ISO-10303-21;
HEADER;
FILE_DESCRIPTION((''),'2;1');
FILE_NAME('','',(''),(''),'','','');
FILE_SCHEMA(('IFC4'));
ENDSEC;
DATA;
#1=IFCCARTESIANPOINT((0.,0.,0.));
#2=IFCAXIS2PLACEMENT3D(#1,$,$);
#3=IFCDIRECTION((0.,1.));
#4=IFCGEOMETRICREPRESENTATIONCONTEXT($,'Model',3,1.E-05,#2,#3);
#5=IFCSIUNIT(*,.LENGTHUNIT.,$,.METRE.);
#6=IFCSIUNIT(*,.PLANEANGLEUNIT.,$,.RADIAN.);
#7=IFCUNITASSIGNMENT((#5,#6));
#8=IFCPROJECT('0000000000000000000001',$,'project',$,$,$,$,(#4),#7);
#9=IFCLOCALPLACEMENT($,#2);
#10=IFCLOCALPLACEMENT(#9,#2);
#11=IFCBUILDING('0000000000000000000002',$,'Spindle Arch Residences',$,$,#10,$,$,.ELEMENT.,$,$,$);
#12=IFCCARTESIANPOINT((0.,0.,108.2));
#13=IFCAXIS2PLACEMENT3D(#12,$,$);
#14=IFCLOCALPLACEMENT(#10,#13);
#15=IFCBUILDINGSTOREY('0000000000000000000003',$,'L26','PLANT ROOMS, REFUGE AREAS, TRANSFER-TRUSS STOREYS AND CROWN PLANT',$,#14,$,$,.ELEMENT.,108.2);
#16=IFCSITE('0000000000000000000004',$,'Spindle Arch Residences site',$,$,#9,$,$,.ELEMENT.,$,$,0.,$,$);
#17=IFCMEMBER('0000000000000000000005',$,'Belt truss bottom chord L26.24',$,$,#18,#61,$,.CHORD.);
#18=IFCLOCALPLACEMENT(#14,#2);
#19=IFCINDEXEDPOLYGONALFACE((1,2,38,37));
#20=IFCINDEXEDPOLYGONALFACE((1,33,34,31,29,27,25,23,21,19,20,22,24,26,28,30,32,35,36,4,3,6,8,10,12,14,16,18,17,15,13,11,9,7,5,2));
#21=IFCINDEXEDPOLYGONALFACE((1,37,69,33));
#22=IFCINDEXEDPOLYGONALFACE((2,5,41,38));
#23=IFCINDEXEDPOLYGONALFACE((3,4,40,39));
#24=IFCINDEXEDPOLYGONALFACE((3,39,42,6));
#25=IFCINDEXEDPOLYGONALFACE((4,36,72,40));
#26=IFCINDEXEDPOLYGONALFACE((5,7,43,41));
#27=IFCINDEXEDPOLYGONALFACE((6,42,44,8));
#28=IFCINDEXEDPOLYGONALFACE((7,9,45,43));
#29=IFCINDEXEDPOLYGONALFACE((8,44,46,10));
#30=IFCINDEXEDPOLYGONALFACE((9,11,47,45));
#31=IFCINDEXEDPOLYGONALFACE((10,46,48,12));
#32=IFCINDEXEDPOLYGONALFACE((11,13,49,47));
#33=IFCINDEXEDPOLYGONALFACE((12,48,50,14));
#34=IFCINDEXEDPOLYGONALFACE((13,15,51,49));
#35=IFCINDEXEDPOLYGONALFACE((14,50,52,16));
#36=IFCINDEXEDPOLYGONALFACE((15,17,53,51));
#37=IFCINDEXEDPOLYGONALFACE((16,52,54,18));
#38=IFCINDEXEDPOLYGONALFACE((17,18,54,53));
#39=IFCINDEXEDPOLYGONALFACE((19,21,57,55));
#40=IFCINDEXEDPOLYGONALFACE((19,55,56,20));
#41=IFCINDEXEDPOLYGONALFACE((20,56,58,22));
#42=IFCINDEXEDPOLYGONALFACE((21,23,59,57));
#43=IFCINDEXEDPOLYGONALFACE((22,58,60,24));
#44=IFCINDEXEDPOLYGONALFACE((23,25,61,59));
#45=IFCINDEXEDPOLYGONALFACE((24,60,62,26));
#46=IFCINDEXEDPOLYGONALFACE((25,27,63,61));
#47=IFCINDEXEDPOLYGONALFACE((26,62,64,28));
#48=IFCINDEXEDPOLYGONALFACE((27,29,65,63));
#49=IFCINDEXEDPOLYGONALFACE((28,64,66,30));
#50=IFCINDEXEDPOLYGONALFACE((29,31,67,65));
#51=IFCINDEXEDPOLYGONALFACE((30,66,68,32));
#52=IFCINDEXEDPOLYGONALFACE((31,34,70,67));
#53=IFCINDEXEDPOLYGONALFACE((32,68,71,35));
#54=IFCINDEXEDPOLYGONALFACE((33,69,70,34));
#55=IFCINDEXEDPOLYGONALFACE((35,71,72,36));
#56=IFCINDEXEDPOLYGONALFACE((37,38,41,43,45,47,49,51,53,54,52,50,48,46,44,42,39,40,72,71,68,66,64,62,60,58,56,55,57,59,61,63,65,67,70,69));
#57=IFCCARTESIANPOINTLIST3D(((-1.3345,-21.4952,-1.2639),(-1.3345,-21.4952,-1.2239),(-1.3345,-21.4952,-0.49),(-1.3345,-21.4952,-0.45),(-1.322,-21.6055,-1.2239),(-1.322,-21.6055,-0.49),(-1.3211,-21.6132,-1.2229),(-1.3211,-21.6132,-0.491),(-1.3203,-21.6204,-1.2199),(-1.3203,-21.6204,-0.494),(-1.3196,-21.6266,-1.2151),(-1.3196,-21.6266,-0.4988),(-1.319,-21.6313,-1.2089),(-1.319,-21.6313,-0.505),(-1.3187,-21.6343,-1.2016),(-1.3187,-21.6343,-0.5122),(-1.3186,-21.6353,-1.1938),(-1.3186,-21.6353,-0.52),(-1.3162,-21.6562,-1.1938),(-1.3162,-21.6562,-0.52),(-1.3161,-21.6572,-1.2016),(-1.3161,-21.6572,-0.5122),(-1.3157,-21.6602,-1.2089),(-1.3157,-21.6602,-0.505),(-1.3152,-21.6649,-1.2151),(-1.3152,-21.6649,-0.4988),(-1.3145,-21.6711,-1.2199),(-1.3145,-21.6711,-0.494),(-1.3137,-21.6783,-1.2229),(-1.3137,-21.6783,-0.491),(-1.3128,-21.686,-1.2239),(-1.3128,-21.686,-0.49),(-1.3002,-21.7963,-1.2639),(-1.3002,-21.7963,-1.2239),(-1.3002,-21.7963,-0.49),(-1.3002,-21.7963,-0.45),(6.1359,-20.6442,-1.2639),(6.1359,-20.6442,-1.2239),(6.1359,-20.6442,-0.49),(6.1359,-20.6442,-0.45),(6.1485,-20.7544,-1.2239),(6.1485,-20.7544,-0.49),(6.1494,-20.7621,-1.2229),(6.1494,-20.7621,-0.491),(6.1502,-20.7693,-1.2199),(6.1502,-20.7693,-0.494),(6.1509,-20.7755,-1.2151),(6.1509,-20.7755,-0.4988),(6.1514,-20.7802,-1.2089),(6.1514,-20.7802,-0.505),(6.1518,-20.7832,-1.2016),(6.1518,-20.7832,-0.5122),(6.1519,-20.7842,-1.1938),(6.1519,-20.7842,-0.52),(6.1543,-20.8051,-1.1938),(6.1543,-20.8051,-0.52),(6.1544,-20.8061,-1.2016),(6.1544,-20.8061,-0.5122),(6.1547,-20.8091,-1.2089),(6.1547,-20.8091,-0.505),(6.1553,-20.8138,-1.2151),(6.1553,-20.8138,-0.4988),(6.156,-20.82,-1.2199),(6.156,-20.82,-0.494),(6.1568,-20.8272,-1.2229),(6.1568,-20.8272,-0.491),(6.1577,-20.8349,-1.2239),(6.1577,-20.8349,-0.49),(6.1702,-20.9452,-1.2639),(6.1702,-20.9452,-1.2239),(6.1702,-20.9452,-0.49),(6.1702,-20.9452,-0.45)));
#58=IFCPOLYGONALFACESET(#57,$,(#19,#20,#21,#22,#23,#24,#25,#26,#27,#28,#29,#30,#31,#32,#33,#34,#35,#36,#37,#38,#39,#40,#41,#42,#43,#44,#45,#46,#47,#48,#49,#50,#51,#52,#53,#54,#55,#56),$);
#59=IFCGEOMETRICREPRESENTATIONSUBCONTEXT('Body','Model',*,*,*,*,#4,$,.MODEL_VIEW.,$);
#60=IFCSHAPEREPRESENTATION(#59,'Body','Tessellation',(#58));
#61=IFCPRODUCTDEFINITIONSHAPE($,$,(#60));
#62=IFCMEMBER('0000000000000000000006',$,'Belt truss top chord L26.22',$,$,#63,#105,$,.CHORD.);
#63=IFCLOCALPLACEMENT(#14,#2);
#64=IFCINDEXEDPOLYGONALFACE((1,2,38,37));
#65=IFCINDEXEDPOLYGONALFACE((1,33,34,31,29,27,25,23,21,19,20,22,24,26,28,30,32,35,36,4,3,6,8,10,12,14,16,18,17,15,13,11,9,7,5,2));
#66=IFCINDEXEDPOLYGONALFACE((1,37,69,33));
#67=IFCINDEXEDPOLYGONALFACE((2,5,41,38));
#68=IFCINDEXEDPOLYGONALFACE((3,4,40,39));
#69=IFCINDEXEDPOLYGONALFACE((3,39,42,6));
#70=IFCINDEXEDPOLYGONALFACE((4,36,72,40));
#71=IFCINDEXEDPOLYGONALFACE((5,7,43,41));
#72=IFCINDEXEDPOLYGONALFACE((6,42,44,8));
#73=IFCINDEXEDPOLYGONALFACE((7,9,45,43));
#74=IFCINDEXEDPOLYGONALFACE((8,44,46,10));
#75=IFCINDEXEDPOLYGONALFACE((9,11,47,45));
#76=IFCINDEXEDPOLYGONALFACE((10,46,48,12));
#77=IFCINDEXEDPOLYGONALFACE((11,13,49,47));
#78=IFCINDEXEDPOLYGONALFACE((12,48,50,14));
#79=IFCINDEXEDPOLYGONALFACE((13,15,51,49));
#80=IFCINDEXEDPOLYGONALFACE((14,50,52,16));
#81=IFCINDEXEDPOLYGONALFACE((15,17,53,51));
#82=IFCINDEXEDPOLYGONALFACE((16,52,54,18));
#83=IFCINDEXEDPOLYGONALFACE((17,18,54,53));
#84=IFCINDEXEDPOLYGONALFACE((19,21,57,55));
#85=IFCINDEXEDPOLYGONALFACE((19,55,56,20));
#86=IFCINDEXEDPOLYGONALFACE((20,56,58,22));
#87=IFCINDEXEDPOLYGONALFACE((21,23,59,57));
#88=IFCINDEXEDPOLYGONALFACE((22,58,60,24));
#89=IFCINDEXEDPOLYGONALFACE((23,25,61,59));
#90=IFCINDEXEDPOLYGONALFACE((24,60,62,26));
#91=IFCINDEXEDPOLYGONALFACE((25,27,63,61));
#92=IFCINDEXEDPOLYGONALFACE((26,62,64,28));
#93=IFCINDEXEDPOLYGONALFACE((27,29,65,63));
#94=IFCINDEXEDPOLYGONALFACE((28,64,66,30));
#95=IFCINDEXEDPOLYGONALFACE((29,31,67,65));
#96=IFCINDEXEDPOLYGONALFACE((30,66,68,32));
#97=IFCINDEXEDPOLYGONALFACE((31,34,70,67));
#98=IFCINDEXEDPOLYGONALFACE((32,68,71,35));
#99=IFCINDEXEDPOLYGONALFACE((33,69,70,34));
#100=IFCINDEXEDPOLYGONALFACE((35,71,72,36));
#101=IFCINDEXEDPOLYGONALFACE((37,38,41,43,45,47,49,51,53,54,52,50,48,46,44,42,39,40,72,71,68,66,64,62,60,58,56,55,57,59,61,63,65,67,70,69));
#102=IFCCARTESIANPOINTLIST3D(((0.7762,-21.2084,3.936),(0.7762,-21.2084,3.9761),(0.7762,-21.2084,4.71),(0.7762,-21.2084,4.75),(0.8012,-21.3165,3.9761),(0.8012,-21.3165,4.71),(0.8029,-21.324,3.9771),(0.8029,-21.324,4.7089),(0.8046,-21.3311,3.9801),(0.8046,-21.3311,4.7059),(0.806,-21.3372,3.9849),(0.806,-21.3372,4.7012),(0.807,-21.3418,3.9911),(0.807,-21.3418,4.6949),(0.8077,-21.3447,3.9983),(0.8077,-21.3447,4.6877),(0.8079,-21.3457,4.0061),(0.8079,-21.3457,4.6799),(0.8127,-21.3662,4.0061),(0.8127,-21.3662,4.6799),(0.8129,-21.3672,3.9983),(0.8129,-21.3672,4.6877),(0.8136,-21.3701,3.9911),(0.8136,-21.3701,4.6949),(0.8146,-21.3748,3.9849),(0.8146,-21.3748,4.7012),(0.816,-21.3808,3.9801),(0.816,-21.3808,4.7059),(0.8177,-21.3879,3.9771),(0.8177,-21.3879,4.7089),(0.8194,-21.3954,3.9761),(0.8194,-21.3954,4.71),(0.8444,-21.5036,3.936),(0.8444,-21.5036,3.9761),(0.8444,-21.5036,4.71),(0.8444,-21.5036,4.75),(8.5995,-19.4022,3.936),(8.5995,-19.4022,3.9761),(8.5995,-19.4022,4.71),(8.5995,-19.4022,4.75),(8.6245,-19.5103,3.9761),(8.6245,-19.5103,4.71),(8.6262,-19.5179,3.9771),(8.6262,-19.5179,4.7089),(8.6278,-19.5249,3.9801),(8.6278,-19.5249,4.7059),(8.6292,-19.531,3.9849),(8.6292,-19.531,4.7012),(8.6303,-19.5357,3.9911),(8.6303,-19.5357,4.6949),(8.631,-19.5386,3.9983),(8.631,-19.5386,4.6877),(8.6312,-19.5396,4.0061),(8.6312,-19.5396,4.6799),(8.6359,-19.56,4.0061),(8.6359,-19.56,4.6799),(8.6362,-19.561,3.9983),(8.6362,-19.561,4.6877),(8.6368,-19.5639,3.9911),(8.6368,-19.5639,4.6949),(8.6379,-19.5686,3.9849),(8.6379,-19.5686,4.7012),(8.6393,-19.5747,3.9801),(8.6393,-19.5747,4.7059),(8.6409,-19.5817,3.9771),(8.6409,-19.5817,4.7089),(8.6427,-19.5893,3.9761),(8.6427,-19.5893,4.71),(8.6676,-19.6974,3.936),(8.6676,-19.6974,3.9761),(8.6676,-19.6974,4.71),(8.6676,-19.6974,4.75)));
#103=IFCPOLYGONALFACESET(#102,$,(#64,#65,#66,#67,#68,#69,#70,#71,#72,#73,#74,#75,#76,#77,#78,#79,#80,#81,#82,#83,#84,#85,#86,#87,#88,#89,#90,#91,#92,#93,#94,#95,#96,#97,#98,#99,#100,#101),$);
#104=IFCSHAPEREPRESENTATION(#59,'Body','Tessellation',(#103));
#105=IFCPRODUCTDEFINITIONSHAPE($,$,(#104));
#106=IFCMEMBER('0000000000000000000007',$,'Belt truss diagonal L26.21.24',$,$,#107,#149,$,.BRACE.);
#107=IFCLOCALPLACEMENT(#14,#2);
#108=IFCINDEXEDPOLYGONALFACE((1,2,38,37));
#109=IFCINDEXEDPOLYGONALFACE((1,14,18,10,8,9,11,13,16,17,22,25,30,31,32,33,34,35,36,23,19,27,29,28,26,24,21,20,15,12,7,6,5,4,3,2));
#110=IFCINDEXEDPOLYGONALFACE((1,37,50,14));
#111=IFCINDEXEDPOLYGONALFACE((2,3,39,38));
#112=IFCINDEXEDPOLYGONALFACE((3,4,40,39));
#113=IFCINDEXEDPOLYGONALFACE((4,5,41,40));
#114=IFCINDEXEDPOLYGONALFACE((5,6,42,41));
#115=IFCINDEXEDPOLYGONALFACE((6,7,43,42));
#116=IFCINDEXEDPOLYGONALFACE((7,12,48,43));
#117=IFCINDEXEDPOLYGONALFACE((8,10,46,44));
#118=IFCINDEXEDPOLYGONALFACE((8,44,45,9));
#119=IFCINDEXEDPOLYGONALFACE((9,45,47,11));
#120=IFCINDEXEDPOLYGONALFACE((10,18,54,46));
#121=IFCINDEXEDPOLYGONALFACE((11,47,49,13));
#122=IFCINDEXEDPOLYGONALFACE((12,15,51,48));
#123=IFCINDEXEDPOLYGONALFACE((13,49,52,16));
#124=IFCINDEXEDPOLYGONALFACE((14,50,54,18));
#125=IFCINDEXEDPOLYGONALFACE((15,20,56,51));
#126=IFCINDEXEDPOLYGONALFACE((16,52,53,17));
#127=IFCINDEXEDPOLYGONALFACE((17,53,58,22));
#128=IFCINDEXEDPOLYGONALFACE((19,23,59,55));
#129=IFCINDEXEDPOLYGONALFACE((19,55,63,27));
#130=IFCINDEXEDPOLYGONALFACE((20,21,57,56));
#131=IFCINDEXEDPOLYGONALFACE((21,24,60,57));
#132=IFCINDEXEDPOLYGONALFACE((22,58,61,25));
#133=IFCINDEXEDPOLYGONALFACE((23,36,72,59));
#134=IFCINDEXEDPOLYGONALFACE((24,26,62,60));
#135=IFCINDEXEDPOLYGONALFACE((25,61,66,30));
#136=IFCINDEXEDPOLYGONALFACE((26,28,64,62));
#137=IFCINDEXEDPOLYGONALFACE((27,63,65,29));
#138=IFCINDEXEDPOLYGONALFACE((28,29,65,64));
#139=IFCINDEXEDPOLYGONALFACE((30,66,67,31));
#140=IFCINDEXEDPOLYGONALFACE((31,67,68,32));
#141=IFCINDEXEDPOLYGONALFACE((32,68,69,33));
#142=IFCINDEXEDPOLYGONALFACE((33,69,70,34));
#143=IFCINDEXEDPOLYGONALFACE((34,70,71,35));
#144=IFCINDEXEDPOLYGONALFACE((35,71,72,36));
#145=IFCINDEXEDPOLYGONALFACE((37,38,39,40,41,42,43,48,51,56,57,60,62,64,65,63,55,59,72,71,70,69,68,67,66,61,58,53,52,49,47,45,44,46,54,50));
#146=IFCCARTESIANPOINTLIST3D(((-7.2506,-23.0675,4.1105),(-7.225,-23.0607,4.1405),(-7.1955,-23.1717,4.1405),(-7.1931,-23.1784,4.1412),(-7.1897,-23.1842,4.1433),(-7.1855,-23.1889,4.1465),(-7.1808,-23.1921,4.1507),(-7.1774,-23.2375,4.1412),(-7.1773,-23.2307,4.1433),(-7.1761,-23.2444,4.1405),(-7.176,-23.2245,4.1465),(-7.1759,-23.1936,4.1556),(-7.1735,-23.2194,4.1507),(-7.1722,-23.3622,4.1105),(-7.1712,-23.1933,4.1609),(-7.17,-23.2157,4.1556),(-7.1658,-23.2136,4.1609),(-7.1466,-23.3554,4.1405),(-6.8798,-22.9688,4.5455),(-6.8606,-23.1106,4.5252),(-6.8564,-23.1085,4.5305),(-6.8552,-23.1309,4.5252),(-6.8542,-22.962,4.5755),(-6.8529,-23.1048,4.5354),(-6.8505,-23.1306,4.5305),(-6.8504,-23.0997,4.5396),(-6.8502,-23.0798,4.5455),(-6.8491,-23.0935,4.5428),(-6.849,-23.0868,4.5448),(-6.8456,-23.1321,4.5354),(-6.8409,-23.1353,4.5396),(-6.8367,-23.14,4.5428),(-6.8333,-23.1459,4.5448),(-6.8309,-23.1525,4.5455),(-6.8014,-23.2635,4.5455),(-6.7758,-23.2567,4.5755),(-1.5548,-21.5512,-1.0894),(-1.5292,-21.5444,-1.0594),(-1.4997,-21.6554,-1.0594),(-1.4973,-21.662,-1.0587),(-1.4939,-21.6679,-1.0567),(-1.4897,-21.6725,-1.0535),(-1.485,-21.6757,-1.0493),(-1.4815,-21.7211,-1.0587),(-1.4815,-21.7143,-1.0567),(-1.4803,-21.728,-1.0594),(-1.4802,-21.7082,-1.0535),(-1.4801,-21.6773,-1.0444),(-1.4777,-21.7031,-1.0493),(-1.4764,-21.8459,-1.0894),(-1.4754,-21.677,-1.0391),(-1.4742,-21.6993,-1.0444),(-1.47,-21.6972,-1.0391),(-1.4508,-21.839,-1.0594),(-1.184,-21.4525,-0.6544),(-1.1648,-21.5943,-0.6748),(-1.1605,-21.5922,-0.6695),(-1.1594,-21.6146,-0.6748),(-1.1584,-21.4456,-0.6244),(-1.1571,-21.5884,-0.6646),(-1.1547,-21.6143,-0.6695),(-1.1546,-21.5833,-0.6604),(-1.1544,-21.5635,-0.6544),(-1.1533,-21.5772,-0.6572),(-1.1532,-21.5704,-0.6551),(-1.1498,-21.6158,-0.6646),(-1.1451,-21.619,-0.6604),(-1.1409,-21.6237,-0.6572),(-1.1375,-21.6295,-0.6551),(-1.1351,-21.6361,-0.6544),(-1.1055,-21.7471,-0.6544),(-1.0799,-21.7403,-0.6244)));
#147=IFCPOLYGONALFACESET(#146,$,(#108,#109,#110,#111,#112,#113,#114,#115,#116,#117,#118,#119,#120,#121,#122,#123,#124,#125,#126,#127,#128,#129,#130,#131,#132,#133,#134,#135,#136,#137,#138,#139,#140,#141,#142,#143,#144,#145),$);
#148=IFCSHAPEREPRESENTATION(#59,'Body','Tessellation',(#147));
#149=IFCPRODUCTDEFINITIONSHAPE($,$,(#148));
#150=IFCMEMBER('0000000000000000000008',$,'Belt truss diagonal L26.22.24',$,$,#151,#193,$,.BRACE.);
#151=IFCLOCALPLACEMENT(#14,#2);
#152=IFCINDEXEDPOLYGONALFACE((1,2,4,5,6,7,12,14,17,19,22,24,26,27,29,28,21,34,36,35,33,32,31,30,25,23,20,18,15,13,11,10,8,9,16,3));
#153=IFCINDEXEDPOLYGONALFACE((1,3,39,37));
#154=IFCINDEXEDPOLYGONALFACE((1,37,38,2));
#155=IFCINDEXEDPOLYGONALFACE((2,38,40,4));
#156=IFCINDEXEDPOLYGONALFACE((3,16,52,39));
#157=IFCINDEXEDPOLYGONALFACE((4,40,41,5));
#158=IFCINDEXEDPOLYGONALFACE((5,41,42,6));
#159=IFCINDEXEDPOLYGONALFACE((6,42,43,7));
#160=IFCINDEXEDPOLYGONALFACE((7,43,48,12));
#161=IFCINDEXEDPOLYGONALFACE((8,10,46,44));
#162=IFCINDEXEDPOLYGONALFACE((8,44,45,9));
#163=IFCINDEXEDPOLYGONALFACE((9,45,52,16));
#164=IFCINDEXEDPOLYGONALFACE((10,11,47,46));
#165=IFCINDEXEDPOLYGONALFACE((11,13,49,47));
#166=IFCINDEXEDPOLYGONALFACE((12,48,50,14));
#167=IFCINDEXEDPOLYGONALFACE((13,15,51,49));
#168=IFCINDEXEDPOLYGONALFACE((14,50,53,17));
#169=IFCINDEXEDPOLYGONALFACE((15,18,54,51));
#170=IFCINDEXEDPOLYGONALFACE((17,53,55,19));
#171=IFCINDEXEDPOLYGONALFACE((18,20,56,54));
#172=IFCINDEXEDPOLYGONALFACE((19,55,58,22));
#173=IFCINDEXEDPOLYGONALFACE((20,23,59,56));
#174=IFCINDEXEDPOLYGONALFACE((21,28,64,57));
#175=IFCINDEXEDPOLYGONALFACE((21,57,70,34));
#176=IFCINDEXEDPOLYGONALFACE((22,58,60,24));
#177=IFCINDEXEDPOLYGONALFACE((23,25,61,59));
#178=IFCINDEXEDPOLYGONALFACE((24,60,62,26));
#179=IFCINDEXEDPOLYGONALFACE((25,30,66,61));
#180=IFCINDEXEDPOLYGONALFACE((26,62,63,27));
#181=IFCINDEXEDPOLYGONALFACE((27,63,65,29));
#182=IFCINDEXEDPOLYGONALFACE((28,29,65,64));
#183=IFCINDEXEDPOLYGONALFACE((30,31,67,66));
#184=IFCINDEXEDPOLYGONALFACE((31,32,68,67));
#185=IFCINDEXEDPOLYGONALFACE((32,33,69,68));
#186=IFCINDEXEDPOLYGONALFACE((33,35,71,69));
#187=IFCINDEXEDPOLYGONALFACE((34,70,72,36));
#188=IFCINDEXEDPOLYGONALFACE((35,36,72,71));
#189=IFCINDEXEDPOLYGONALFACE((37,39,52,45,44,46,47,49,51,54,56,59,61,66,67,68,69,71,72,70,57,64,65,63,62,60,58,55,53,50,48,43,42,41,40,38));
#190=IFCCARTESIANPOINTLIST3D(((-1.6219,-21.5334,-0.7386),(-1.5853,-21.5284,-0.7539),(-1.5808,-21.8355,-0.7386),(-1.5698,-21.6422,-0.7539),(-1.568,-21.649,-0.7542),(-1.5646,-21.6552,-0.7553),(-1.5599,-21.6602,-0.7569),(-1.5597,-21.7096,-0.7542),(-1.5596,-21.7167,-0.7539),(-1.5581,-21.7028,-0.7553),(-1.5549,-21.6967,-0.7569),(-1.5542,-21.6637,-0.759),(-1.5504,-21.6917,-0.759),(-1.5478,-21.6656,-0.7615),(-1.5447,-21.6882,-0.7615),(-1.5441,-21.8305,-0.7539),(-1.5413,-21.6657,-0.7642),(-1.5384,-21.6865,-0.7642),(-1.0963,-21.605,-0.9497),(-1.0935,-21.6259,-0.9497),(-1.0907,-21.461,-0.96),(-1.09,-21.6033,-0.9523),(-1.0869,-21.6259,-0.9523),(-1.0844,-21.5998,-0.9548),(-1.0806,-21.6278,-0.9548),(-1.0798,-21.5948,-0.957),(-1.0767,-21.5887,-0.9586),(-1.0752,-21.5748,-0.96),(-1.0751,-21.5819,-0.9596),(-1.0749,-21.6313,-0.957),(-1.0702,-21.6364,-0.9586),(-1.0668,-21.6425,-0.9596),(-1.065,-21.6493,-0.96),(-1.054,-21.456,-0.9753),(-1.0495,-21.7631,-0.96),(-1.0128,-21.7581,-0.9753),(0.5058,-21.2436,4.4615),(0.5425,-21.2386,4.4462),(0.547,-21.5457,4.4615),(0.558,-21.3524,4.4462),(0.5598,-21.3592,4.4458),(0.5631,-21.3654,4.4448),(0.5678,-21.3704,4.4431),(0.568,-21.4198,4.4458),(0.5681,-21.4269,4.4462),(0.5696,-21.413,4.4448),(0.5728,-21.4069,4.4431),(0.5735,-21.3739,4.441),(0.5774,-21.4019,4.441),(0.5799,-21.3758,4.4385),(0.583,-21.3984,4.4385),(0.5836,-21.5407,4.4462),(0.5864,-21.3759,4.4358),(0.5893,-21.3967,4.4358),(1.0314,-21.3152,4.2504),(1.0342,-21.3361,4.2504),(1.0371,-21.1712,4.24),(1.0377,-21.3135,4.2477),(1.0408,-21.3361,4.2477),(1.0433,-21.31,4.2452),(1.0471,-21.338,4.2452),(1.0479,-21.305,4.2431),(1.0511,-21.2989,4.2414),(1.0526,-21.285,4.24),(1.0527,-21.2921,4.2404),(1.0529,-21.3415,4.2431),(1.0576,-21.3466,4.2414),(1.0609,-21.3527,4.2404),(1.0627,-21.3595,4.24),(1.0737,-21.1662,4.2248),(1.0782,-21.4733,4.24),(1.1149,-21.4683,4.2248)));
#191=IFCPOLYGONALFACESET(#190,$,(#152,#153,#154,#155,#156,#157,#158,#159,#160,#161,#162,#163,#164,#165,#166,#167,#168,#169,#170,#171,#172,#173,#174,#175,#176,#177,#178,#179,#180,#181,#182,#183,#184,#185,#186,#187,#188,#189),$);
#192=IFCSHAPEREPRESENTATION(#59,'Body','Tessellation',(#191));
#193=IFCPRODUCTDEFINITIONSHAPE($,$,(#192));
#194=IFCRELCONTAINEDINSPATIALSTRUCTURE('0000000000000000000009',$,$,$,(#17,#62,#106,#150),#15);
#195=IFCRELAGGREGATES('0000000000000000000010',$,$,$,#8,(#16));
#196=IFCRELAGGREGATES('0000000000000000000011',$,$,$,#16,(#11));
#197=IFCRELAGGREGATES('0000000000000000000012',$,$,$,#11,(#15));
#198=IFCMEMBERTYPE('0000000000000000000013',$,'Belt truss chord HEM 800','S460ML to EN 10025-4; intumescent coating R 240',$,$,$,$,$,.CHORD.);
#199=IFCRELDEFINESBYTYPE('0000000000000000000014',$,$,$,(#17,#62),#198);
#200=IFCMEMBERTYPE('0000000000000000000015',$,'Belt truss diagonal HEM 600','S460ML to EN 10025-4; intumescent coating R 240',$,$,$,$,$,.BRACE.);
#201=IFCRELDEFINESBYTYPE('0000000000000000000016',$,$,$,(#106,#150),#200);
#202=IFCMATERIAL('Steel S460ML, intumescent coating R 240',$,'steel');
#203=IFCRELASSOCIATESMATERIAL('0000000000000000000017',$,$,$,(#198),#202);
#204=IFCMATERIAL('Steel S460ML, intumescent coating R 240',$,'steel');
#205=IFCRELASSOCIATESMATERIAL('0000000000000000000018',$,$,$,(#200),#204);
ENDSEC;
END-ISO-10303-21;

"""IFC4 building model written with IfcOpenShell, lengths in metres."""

from ifc_helpers import new_model, si_unit, direction, frame, origin, origin_2d, place, context, subcontext, project, spatial, i_section, extrude, material, material_profile, profile_set, type_object, element, save


model = new_model("IFC4")

# Units and contexts
model_context = context("Model", 3, precision=1e-05, world=origin(), true_north=direction((0.0, 1.0)))
body_context = subcontext(model_context, "Body", "Model", "MODEL_VIEW")
ifc_project = project(units=[si_unit("LENGTHUNIT", "METRE"), si_unit("PLANEANGLEUNIT", "RADIAN")], contexts=[model_context])

# Site, building, storey
site_placement = place(None, origin())
site = spatial("IfcSite", under=ifc_project, at=site_placement, Name="Spindle Arch Residences site", CompositionType="ELEMENT", RefElevation=0.0)
building_placement = place(site_placement, origin())
building = spatial("IfcBuilding", under=site, at=building_placement, Name="Spindle Arch Residences", CompositionType="ELEMENT")
storey_placement = place(building_placement, frame((0.0, 0.0, 108.2)))
storey = spatial("IfcBuildingStorey", under=building, at=storey_placement, Name="L26", Description="PLANT ROOMS, REFUGE AREAS, TRANSFER-TRUSS STOREYS AND CROWN PLANT", CompositionType="ELEMENT", Elevation=108.2)

# Members
ifc_material_1 = material(Name="Steel S460ML, intumescent coating R 240", Category="steel")
ifc_material_profile_1 = material_profile(ifc_material_1, i_section(OverallWidth=0.303, OverallDepth=0.814, WebThickness=0.021, FlangeThickness=0.04, FilletRadius=0.03, at=origin_2d()), Name="HEM 800")
ifc_profile_set_1 = profile_set([ifc_material_profile_1], Name="Steel S460ML, intumescent coating R 240")
member_type_1 = type_object("IfcMemberType", Name="Belt truss chord HEM 800", Description="S460ML to EN 10025-4; intumescent coating R 240", PredefinedType="CHORD", material=ifc_profile_set_1)
member_1_placement = place(storey_placement, frame((-1.3174, -21.6458, -0.8569), z_axis=(0.993573, 0.113193, 0.0), x_axis=(-0.113193, 0.993573, 0.0)))
element("IfcMember", 1, at=member_1_placement, inside=storey, type_object=member_type_1, Name="Belt truss bottom chord L26.24", PredefinedType="CHORD", context=body_context, shape_type="SweptSolid", body=[
    extrude(i_section(OverallWidth=0.303, OverallDepth=0.814, WebThickness=0.021, FlangeThickness=0.04, FilletRadius=0.03, at=origin_2d()), origin(), (0.0, 0.0, 1.0), 7.5188),
])
member_2_placement = place(storey_placement, frame((0.8103, -21.356, 4.343), z_axis=(0.97437, 0.224953, 0.0), x_axis=(-0.224953, 0.97437, 0.0)))
element("IfcMember", 2, at=member_2_placement, inside=storey, type_object=member_type_1, Name="Belt truss top chord L26.22", PredefinedType="CHORD", context=body_context, shape_type="SweptSolid", body=[
    extrude(i_section(OverallWidth=0.303, OverallDepth=0.814, WebThickness=0.021, FlangeThickness=0.04, FilletRadius=0.03, at=origin_2d()), origin(), (0.0, 0.0, 1.0), 8.0291),
])
ifc_material_2 = material(Name="Steel S460ML, intumescent coating R 240", Category="steel")
ifc_material_profile_2 = material_profile(ifc_material_2, i_section(OverallWidth=0.3049, OverallDepth=0.6201, WebThickness=0.021, FlangeThickness=0.04, FilletRadius=0.0271, at=origin_2d()), Name="HEM 600")
ifc_profile_set_2 = profile_set([ifc_material_profile_2], Name="Steel S460ML, intumescent coating R 240")
member_type_2 = type_object("IfcMemberType", Name="Belt truss diagonal HEM 600", Description="S460ML to EN 10025-4; intumescent coating R 240", PredefinedType="BRACE", material=ifc_profile_set_2)
member_3_placement = place(storey_placement, frame((-1.3174, -21.6458, -0.8569), z_axis=(-0.724649, -0.192919, 0.661564), x_axis=(0.257263, -0.966341, 0.0)))
element("IfcMember", 3, at=member_3_placement, inside=storey, type_object=member_type_2, Name="Belt truss diagonal L26.21.24", PredefinedType="BRACE", context=body_context, shape_type="SweptSolid", body=[
    extrude(i_section(OverallWidth=0.3049, OverallDepth=0.6201, WebThickness=0.021, FlangeThickness=0.04, FilletRadius=0.0271, at=origin_2d()), origin(), (0.0, 0.0, 1.0), 7.8601),
])
member_4_placement = place(storey_placement, frame((-1.3174, -21.6458, -0.8569), z_axis=(0.378196, 0.051511, 0.924291), x_axis=(-0.134956, 0.990852, 0.0)))
element("IfcMember", 4, at=member_4_placement, inside=storey, type_object=member_type_2, Name="Belt truss diagonal L26.22.24", PredefinedType="BRACE", context=body_context, shape_type="SweptSolid", body=[
    extrude(i_section(OverallWidth=0.3049, OverallDepth=0.6201, WebThickness=0.021, FlangeThickness=0.04, FilletRadius=0.0271, at=origin_2d()), origin(), (0.0, 0.0, 1.0), 5.626),
])

save(model, "model.ifc")
